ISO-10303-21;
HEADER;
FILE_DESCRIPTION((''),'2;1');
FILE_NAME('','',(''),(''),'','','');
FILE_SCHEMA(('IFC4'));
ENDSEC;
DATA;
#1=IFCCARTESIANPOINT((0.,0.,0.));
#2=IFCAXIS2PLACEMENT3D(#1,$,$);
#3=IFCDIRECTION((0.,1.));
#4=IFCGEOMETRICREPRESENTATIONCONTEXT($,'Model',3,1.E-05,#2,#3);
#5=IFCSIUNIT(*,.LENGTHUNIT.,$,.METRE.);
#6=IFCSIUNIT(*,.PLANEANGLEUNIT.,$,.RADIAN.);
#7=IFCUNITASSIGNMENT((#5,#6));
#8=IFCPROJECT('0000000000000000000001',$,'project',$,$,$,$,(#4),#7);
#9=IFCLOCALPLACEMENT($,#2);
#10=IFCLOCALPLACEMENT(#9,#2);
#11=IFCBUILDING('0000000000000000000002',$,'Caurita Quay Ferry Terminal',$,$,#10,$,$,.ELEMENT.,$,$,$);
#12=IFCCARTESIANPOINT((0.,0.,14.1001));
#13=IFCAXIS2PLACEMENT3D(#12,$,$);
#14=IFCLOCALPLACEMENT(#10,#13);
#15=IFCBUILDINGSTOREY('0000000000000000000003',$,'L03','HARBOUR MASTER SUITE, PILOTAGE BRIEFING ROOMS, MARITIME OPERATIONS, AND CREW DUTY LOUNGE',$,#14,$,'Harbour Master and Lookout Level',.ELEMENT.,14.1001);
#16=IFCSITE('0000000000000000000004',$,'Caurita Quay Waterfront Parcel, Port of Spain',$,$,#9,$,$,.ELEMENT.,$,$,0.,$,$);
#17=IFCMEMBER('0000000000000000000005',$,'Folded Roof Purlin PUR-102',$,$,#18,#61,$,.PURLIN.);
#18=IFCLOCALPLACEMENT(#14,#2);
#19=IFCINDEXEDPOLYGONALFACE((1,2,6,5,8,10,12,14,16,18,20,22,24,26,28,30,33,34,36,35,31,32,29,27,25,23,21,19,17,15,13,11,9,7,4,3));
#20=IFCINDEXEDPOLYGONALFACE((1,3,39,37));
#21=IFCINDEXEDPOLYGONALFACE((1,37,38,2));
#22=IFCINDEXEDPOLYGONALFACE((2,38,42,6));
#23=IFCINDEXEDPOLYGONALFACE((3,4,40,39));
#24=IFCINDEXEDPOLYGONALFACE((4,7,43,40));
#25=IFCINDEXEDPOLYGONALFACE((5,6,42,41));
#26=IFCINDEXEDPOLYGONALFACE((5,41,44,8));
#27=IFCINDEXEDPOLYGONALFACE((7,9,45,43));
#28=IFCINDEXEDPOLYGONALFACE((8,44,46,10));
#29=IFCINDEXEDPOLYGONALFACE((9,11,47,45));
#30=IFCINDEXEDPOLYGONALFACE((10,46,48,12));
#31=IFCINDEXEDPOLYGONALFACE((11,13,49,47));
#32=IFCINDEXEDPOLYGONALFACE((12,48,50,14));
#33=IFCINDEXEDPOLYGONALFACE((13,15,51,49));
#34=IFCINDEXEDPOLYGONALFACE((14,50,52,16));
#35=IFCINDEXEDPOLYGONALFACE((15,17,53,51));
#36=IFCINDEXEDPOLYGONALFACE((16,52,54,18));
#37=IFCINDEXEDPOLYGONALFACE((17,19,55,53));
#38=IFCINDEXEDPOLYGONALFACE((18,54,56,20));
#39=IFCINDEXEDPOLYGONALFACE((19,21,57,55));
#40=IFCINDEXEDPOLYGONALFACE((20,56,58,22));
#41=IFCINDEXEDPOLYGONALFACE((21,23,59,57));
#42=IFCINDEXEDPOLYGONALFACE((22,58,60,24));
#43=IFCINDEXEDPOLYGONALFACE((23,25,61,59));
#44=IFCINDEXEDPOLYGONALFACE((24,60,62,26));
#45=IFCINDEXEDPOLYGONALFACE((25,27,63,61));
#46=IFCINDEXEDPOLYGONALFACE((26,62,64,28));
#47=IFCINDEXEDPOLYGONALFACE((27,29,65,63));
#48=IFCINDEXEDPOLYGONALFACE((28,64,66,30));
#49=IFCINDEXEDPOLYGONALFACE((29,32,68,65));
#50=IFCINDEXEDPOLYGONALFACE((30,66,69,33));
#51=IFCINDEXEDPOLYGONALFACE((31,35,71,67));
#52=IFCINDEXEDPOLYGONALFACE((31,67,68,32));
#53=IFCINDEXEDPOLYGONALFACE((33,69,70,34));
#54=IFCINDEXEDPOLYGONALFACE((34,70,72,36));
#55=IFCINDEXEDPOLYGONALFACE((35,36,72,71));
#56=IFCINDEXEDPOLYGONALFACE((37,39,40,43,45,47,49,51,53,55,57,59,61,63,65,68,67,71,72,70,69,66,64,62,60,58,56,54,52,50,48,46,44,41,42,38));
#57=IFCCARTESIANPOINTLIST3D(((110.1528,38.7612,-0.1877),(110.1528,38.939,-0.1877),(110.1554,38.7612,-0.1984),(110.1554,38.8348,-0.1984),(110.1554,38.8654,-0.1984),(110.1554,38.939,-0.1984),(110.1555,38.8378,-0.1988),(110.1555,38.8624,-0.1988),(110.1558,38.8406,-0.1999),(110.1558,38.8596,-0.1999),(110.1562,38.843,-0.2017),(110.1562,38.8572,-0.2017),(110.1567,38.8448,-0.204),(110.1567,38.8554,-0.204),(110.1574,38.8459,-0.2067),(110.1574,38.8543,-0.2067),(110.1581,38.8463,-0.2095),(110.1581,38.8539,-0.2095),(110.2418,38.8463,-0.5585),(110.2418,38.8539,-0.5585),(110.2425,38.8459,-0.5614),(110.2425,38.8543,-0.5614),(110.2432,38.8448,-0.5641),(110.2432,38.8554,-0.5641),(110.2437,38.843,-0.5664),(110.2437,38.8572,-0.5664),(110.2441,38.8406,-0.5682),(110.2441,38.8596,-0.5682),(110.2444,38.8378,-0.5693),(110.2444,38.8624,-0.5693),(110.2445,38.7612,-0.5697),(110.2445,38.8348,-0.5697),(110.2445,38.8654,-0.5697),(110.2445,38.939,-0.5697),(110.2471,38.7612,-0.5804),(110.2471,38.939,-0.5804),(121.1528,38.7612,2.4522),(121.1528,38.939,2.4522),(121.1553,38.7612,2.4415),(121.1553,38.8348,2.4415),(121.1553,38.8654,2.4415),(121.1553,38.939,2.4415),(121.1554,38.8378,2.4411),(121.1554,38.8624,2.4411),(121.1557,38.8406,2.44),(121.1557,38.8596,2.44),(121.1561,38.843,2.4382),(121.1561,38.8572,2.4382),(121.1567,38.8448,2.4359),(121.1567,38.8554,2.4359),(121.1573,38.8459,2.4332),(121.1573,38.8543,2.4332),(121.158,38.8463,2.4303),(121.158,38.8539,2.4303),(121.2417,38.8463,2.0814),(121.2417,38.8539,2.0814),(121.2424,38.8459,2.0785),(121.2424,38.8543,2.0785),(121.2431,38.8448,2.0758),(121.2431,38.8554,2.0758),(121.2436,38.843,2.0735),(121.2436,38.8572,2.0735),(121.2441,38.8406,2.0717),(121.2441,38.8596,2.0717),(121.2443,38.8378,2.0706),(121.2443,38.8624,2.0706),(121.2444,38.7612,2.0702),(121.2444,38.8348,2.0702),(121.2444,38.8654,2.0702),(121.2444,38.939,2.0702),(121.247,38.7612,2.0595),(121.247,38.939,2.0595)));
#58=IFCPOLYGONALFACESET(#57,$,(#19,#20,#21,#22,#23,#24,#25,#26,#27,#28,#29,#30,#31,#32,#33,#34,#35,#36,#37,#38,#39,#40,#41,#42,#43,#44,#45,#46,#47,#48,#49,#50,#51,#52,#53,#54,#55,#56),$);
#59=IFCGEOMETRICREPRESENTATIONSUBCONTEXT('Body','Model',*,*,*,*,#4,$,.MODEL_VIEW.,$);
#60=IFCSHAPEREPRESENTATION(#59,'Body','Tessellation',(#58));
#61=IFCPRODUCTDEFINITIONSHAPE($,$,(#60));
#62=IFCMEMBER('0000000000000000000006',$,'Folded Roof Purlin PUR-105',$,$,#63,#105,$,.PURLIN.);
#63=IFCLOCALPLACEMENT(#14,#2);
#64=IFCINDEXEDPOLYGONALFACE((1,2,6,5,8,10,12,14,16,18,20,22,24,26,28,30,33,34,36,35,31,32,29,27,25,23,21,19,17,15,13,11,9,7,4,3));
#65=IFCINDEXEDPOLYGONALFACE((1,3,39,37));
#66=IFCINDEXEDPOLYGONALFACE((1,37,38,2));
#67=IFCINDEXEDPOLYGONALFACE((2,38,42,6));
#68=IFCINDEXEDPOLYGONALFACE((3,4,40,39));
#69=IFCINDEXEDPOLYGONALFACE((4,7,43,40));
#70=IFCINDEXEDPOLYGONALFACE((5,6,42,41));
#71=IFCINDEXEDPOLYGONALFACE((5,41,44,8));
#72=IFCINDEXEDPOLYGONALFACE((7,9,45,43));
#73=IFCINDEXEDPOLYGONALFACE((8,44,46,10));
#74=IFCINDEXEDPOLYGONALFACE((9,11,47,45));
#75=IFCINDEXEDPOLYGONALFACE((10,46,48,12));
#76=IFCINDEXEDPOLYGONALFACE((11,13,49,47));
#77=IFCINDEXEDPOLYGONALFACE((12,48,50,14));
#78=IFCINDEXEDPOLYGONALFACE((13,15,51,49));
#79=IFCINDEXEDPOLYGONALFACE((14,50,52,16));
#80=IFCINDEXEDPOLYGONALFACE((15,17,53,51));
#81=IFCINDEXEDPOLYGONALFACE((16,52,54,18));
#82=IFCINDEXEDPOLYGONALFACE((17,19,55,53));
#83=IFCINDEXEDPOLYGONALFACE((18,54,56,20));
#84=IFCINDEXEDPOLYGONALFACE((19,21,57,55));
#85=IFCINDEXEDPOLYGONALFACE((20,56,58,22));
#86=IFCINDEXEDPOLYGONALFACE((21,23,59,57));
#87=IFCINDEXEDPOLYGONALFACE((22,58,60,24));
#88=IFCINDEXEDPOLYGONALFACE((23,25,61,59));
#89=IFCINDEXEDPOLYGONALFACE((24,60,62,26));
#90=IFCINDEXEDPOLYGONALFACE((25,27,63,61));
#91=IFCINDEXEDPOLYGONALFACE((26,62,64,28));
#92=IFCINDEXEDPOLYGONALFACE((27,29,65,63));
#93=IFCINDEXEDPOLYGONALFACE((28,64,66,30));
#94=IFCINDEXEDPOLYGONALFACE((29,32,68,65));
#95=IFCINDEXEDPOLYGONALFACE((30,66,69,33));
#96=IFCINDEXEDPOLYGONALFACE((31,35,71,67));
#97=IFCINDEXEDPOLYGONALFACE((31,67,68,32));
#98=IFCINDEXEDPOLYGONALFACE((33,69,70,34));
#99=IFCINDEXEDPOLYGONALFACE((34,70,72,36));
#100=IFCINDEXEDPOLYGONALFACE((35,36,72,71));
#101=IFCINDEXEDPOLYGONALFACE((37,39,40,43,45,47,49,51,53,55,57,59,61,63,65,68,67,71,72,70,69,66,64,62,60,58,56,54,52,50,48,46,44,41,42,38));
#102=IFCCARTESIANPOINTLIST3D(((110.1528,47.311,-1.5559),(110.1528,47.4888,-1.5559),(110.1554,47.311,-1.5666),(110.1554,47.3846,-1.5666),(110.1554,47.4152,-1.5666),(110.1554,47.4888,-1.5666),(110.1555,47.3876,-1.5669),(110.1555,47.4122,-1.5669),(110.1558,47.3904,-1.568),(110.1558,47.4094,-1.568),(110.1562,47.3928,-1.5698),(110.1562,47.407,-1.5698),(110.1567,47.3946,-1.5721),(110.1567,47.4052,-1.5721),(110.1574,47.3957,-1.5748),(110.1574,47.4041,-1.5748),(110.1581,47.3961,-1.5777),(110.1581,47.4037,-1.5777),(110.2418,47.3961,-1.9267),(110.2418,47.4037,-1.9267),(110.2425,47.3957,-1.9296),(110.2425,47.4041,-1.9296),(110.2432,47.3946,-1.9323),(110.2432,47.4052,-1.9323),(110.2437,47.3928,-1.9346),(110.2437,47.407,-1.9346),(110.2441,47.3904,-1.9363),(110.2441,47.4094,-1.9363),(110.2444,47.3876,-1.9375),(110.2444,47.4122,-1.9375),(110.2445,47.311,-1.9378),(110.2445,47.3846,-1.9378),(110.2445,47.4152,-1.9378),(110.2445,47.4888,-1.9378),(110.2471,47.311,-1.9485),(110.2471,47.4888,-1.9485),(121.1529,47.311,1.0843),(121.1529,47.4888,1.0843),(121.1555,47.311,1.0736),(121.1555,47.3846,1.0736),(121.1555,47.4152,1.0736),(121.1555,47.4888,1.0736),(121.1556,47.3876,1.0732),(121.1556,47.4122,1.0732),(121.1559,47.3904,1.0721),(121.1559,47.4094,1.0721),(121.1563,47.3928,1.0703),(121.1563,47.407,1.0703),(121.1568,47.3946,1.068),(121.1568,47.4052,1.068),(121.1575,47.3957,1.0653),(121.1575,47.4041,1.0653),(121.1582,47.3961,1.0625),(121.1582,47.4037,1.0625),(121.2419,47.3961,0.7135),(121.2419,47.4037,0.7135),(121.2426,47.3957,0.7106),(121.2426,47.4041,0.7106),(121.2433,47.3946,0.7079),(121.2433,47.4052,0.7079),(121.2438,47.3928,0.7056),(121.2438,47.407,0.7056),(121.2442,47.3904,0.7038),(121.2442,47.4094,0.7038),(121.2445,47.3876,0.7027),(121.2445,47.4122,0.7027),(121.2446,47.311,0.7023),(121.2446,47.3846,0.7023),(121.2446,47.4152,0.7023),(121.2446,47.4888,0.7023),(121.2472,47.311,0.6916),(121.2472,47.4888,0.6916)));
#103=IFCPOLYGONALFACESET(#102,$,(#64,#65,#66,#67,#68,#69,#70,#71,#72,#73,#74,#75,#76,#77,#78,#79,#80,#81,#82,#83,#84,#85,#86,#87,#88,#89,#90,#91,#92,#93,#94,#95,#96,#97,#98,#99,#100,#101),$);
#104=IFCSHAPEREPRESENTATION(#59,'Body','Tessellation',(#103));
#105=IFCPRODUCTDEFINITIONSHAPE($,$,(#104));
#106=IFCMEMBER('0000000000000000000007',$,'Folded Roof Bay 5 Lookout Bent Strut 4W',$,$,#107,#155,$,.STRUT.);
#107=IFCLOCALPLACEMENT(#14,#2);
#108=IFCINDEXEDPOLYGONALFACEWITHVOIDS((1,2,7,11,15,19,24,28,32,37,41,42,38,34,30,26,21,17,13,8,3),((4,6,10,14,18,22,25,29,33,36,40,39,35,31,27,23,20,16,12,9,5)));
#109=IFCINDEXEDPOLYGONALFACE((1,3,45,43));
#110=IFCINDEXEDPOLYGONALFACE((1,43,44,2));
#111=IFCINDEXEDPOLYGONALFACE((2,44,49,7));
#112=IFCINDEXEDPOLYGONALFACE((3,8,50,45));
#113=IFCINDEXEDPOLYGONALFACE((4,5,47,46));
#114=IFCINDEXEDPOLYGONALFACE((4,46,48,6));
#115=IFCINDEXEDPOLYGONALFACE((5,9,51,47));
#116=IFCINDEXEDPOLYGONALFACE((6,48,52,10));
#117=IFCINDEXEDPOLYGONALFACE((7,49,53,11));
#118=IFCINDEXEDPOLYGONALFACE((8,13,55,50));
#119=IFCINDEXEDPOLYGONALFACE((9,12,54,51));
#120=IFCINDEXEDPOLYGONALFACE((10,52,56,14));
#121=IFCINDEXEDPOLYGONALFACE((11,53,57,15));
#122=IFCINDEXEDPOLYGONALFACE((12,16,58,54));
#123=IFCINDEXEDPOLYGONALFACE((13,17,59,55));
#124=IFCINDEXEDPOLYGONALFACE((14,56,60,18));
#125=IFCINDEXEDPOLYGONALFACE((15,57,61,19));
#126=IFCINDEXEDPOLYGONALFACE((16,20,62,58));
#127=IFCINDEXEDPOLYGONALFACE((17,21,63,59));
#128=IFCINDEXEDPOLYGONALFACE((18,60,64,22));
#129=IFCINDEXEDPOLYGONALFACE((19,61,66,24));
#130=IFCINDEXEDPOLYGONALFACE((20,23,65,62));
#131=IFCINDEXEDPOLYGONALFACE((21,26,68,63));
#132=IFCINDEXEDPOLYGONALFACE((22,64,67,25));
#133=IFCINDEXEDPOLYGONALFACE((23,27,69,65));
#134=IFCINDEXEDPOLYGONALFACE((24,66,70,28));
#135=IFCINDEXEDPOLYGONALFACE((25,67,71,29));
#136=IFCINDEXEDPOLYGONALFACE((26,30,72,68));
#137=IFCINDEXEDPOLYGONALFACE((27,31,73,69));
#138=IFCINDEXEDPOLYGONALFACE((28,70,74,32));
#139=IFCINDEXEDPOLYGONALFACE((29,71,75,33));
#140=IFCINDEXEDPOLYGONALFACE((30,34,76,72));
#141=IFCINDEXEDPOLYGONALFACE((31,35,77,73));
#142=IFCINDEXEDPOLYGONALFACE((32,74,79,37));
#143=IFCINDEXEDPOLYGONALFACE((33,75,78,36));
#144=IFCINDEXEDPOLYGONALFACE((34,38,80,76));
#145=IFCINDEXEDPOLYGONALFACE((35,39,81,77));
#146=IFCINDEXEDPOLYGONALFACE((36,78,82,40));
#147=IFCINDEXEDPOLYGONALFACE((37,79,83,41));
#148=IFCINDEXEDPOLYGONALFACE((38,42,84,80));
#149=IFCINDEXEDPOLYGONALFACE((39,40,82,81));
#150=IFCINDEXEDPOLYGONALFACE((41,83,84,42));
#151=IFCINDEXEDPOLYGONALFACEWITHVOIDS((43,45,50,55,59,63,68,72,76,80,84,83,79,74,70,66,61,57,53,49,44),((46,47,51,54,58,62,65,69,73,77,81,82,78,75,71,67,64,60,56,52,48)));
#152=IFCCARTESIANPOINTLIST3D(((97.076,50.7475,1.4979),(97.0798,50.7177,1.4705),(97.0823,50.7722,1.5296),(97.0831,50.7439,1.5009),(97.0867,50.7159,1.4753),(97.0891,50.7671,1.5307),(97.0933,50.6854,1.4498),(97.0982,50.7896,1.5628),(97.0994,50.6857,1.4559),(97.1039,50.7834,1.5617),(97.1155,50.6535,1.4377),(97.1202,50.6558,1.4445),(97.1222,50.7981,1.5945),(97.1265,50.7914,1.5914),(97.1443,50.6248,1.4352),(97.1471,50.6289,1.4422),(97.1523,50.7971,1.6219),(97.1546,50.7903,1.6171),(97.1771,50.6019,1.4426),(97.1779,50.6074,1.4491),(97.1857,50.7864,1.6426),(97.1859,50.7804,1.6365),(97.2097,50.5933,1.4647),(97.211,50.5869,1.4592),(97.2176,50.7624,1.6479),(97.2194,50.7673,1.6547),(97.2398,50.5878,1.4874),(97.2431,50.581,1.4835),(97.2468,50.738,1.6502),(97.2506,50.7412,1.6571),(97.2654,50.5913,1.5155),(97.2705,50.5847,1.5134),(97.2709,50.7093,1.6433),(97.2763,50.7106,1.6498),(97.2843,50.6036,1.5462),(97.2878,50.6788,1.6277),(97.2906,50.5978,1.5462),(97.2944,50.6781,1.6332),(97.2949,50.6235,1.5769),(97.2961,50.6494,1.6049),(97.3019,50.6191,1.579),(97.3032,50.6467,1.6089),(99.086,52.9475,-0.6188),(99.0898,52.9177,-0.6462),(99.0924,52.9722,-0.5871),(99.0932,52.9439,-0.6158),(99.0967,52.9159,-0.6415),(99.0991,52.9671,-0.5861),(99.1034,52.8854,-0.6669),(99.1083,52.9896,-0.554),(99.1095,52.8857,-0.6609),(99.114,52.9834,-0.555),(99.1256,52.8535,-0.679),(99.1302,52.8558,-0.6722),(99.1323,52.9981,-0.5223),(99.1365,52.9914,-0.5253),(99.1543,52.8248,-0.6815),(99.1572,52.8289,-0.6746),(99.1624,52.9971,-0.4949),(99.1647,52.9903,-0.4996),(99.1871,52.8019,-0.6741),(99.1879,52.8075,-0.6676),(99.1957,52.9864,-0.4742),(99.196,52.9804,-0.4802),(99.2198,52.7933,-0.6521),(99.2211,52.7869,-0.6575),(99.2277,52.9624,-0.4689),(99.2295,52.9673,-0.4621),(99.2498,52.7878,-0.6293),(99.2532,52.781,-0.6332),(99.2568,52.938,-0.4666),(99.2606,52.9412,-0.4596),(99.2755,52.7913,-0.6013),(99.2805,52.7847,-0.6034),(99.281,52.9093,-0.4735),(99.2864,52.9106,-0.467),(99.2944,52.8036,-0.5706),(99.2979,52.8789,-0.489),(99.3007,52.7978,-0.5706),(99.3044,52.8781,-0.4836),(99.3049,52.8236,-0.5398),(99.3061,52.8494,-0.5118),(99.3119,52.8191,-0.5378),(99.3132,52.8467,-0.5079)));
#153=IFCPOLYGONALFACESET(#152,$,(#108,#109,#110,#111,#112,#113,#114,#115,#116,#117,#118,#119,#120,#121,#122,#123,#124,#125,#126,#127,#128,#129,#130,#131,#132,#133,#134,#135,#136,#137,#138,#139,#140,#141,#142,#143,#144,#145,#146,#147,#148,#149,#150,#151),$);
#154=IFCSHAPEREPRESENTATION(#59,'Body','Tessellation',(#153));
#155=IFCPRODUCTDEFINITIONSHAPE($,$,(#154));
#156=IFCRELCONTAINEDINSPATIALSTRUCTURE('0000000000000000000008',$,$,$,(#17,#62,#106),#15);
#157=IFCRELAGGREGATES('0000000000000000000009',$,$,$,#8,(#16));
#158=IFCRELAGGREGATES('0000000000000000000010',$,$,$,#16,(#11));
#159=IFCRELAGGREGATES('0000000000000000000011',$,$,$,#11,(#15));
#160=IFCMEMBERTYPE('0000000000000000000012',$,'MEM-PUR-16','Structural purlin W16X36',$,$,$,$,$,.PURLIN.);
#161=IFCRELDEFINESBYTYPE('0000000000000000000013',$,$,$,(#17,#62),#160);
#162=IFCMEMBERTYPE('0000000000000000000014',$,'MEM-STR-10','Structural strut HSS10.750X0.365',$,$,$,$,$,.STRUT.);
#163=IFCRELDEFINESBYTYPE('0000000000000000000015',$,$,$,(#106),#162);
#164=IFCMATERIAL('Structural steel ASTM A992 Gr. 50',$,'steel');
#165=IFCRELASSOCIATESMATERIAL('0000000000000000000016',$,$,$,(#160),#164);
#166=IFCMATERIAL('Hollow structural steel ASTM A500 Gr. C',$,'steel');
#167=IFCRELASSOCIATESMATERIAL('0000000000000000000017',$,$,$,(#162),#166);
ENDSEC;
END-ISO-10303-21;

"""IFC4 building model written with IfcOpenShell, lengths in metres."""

from ifc_helpers import new_model, si_unit, direction, frame, origin, origin_2d, place, context, subcontext, project, spatial, hollow_circle, i_section, extrude, material, material_profile, profile_set, type_object, element, save


model = new_model("IFC4")

# Units and contexts
model_context = context("Model", 3, precision=1e-05, world=origin(), true_north=direction((0.0, 1.0)))
body_context = subcontext(model_context, "Body", "Model", "MODEL_VIEW")
ifc_project = project(units=[si_unit("LENGTHUNIT", "METRE"), si_unit("PLANEANGLEUNIT", "RADIAN")], contexts=[model_context])

# Site, building, storey
site_placement = place(None, origin())
site = spatial("IfcSite", under=ifc_project, at=site_placement, Name="Caurita Quay Waterfront Parcel, Port of Spain", CompositionType="ELEMENT", RefElevation=0.0)
building_placement = place(site_placement, origin())
building = spatial("IfcBuilding", under=site, at=building_placement, Name="Caurita Quay Ferry Terminal", CompositionType="ELEMENT")
storey_placement = place(building_placement, frame((0.0, 0.0, 14.1001)))
storey = spatial("IfcBuildingStorey", under=building, at=storey_placement, Name="L03", Description="HARBOUR MASTER SUITE, PILOTAGE BRIEFING ROOMS, MARITIME OPERATIONS, AND CREW DUTY LOUNGE", LongName="Harbour Master and Lookout Level", CompositionType="ELEMENT", Elevation=14.1001)

# Shared definitions
ifc_material_1 = material(Name="Hollow structural steel ASTM A500 Gr. C", Category="steel")

# Shared definitions
ifc_material_2 = material(Name="Structural steel ASTM A992 Gr. 50", Category="steel")

# Members
ifc_material_profile_1 = material_profile(ifc_material_2, i_section(OverallWidth=0.1777, OverallDepth=0.4038, WebThickness=0.0076, FlangeThickness=0.011, FilletRadius=0.0115, at=origin_2d()), Name="W16X36")
ifc_profile_set_1 = profile_set([ifc_material_profile_1], Name="Structural steel ASTM A992 Gr. 50")
member_type_1 = type_object("IfcMemberType", Name="MEM-PUR-16", Description="Structural purlin W16X36", PredefinedType="PURLIN", material=ifc_profile_set_1)
for number, where, z_axis, x_axis, name in (
    (1, (110.2, 38.8501, -0.384), (0.972389, 0.0, 0.233364), (0.0, 1.0, 0.0), "Folded Roof Purlin PUR-102"),
):
    element("IfcMember", number, at=place(storey_placement, frame(where, z_axis=z_axis, x_axis=x_axis)), inside=storey, type_object=member_type_1, Name=name, PredefinedType="PURLIN", context=body_context, shape_type="SweptSolid", body=[
        extrude(i_section(OverallWidth=0.1777, OverallDepth=0.4038, WebThickness=0.0076, FlangeThickness=0.011, FilletRadius=0.0115, at=origin_2d()), origin(), (0.0, 0.0, 1.0), 11.3123),
    ])
member_1_placement = place(storey_placement, frame((110.2, 47.3999, -1.7522), z_axis=(0.972385, 0.0, 0.233384), x_axis=(0.0, 1.0, 0.0)))
element("IfcMember", 2, at=member_1_placement, inside=storey, type_object=member_type_1, Name="Folded Roof Purlin PUR-105", PredefinedType="PURLIN", context=body_context, shape_type="SweptSolid", body=[
    extrude(i_section(OverallWidth=0.1777, OverallDepth=0.4038, WebThickness=0.0076, FlangeThickness=0.011, FilletRadius=0.0115, at=origin_2d()), origin(), (0.0, 0.0, 1.0), 11.3125),
])
ifc_material_profile_2 = material_profile(ifc_material_1, hollow_circle(Radius=0.1365, WallThickness=0.0085, at=origin_2d()), Name="HSS10.750X0.365")
ifc_profile_set_2 = profile_set([ifc_material_profile_2], Name="Hollow structural steel ASTM A500 Gr. C")
member_type_2 = type_object("IfcMemberType", Name="MEM-STR-10", Description="Structural strut HSS10.750X0.365", PredefinedType="STRUT", material=ifc_profile_set_2)
for number, where, z_axis, x_axis, name in (
    (3, (99.2, 52.8899, -0.5706), (-0.549907, -0.601872, 0.579096), (0.738258, -0.674518, 0.0), "Folded Roof Bay 5 Lookout Bent Strut 4W"),
):
    element("IfcMember", number, at=place(storey_placement, frame(where, z_axis=z_axis, x_axis=x_axis)), inside=storey, type_object=member_type_2, Name=name, PredefinedType="STRUT", context=body_context, shape_type="SweptSolid", body=[
        extrude(hollow_circle(Radius=0.1365, WallThickness=0.0085, at=origin_2d()), origin(), (0.0, 0.0, 1.0), 3.6553),
    ])

save(model, "model.ifc")
